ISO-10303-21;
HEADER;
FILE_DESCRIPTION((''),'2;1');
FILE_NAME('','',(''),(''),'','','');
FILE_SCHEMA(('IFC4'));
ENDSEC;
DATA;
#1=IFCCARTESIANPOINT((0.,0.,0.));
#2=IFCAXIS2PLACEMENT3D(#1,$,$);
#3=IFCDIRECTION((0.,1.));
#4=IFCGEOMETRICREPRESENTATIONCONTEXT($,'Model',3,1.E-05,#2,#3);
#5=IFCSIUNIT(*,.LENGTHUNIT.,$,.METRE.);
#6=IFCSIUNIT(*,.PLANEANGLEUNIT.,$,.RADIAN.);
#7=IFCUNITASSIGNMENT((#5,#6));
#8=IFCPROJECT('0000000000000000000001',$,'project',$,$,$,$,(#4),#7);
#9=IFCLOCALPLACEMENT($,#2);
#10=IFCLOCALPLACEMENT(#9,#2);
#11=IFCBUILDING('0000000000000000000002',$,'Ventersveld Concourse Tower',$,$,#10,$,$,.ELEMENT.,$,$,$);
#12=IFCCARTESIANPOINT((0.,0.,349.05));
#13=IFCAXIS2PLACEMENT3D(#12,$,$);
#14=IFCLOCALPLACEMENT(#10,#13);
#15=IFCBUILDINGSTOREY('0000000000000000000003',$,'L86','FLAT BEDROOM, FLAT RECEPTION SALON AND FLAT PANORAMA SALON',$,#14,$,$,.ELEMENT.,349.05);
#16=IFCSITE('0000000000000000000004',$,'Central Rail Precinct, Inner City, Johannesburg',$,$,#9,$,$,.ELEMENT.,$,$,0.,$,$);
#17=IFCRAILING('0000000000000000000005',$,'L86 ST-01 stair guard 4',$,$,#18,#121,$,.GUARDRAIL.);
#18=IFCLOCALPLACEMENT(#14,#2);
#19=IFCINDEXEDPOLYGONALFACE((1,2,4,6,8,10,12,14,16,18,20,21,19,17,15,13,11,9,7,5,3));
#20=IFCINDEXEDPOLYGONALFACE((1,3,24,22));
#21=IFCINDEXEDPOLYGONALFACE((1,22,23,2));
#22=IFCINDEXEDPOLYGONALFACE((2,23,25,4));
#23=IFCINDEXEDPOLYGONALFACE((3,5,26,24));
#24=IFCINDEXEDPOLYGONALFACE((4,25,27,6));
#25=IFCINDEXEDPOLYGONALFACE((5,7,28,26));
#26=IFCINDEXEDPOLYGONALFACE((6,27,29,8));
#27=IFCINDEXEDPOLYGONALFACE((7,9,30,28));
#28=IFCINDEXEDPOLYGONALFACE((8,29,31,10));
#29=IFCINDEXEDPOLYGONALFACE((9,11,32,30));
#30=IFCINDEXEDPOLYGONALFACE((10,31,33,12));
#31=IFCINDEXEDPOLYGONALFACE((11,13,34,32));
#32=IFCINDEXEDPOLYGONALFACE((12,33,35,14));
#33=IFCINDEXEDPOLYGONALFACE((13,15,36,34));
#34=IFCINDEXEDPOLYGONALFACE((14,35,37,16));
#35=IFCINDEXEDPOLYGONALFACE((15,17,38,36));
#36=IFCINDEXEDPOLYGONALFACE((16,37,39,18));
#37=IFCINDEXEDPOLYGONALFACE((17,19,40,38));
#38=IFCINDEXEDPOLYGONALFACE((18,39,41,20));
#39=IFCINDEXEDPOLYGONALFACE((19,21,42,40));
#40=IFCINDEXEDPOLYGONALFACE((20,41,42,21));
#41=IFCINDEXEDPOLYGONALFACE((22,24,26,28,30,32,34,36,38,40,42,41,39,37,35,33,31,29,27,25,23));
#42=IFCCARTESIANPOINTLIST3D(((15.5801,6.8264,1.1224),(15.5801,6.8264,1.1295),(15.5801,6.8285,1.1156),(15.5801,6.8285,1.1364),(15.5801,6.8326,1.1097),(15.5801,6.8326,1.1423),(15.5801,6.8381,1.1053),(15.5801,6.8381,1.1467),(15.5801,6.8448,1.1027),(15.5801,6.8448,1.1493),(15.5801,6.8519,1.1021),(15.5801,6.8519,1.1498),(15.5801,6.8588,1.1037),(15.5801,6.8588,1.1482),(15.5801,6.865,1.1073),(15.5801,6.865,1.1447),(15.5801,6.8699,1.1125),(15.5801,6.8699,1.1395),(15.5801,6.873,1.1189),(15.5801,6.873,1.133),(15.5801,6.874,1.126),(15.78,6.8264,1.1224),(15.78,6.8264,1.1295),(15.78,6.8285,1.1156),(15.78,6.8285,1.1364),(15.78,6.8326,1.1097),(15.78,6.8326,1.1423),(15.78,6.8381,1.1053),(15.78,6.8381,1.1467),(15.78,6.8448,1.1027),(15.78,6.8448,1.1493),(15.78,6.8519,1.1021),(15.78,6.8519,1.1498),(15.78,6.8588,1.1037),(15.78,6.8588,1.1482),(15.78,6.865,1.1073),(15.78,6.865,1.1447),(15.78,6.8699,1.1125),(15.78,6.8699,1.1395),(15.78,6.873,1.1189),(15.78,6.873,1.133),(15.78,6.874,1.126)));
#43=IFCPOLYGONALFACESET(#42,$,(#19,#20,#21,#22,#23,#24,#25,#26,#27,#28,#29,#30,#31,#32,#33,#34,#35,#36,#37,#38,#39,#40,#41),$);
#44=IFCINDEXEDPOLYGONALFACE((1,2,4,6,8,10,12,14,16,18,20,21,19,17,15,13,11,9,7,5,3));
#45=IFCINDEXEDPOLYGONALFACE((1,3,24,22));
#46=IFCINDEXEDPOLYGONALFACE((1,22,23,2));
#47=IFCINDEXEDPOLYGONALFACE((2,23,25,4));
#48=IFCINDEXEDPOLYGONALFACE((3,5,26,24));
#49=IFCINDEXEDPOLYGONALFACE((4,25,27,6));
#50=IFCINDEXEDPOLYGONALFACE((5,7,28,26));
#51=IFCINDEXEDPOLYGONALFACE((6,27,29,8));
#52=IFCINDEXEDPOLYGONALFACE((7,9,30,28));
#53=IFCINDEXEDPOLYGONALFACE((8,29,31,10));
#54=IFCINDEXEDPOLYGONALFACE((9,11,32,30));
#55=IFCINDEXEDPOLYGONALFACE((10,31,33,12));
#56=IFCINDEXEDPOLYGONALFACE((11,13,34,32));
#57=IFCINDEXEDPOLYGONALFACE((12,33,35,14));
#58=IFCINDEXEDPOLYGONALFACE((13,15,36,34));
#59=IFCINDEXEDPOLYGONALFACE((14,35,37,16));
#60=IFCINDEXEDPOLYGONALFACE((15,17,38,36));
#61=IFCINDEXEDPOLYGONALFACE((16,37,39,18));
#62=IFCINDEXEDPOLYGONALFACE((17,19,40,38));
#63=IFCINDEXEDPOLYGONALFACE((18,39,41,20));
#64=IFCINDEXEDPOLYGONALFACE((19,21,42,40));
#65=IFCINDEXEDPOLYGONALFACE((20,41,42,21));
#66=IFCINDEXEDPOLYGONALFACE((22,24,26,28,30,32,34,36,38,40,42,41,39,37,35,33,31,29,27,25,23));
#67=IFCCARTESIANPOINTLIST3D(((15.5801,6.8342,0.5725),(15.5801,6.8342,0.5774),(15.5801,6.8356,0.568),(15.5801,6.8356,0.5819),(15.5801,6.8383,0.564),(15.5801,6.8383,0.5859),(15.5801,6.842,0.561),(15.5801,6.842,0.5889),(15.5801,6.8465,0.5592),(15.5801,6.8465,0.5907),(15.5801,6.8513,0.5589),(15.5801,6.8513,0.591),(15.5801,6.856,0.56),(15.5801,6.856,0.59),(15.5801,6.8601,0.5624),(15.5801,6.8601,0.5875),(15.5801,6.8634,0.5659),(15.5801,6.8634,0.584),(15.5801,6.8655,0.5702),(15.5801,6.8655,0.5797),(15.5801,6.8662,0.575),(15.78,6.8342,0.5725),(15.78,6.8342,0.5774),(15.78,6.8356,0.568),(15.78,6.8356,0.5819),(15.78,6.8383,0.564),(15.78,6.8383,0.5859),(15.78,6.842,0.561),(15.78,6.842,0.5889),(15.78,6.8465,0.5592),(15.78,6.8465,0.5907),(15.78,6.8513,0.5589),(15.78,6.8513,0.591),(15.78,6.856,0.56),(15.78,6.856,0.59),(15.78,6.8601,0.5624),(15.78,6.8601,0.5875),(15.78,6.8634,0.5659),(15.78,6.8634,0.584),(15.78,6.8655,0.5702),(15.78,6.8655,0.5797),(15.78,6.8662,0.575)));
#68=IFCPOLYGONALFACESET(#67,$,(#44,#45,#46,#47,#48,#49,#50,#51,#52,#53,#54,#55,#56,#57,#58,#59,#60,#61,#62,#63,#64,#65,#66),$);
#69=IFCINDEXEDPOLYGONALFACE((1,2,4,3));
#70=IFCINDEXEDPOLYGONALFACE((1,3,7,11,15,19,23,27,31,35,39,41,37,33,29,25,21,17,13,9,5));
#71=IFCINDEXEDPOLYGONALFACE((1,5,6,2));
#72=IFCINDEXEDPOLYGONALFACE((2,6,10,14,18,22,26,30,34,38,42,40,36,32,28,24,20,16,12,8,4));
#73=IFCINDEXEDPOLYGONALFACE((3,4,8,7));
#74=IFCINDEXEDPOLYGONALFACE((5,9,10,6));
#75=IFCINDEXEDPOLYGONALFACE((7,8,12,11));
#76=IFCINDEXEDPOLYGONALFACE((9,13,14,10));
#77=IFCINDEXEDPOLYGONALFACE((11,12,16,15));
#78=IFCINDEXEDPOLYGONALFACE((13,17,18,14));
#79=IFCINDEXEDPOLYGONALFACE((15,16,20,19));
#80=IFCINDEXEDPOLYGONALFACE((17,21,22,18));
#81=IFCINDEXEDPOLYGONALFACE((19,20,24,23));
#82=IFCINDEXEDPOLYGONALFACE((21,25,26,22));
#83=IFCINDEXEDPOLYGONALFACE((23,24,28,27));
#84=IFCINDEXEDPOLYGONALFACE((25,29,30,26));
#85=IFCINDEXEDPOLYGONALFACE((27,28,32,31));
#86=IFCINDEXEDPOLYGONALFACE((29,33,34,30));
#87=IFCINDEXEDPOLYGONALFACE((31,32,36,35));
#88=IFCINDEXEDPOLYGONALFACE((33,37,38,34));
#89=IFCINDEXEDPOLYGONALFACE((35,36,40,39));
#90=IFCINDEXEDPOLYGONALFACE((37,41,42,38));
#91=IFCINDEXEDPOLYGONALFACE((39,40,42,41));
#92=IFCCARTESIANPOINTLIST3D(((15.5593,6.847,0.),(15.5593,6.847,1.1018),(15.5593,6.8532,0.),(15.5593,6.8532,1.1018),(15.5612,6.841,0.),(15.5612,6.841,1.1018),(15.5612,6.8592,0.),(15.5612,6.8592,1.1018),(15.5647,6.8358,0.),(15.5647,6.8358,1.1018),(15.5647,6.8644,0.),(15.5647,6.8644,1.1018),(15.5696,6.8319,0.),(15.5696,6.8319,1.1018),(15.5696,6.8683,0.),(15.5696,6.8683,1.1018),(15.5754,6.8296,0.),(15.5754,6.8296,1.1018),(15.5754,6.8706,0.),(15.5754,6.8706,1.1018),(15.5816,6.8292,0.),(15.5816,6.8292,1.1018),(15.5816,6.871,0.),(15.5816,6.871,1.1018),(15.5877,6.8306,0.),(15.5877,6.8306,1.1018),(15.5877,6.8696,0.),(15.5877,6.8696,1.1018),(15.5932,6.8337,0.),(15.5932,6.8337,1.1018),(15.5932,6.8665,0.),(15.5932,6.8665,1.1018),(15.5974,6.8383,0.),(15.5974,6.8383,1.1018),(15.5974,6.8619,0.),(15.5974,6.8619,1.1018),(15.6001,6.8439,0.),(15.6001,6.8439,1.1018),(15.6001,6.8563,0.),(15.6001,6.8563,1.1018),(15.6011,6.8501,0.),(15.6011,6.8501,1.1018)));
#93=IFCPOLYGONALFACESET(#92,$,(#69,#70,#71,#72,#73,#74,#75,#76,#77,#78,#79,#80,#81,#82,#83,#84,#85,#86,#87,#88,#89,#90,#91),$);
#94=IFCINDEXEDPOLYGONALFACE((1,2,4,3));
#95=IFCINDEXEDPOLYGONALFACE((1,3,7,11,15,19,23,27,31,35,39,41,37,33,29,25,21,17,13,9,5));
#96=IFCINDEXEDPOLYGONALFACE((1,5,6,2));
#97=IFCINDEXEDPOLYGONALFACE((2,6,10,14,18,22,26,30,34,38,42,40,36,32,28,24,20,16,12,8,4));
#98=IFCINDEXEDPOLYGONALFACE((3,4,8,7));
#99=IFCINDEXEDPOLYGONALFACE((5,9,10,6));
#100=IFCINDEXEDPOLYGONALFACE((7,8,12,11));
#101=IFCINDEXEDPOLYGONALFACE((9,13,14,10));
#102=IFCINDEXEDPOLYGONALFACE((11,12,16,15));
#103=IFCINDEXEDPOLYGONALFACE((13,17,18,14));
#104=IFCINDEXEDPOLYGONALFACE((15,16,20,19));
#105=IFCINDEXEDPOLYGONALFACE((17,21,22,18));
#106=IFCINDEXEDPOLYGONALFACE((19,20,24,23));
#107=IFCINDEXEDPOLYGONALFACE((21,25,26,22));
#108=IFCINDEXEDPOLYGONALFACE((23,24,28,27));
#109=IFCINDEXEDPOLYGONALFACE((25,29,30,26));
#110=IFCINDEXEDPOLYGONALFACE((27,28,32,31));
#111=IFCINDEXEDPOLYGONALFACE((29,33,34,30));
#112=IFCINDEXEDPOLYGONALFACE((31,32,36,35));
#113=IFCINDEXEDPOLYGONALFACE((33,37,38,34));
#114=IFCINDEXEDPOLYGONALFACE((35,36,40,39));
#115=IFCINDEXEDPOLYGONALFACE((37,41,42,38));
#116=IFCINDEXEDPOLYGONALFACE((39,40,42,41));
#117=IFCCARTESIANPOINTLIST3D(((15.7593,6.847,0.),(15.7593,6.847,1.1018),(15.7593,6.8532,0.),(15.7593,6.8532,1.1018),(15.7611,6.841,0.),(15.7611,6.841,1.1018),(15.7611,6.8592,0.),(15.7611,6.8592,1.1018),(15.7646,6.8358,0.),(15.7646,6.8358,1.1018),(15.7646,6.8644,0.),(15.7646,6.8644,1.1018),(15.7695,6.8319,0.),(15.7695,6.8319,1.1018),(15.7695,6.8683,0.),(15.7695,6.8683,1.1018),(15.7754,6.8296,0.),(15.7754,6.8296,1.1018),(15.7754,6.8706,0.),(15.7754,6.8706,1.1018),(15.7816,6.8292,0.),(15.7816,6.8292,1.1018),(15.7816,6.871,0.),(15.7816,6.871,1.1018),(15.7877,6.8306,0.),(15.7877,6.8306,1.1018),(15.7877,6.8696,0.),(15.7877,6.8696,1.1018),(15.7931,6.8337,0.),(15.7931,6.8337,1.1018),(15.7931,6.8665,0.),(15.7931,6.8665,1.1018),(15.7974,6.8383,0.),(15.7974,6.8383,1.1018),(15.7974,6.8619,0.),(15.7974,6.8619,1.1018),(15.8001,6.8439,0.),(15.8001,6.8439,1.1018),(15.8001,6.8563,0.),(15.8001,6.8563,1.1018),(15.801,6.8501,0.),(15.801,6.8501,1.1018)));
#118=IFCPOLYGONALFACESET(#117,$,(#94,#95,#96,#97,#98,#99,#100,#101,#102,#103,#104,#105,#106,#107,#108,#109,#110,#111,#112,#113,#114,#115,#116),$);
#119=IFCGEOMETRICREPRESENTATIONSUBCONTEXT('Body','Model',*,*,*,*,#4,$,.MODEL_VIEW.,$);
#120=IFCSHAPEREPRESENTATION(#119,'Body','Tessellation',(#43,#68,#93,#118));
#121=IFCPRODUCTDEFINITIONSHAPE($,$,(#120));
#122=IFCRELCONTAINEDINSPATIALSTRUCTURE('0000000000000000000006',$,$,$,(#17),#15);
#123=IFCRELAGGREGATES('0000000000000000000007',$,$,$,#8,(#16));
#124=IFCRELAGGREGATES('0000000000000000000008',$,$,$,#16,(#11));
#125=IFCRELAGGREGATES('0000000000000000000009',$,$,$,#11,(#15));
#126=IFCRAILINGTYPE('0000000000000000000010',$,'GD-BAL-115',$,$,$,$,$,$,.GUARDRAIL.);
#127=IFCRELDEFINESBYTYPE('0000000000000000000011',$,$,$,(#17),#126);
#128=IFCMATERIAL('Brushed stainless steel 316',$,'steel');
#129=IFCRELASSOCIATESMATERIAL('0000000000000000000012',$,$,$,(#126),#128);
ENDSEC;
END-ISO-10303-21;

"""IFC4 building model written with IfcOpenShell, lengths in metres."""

from ifc_helpers import new_model, si_unit, direction, frame, origin, origin_2d, place, context, subcontext, project, spatial, circle, extrude, material, type_object, element, save


model = new_model("IFC4")

# Units and contexts
model_context = context("Model", 3, precision=1e-05, world=origin(), true_north=direction((0.0, 1.0)))
body_context = subcontext(model_context, "Body", "Model", "MODEL_VIEW")
ifc_project = project(units=[si_unit("LENGTHUNIT", "METRE"), si_unit("PLANEANGLEUNIT", "RADIAN")], contexts=[model_context])

# Site, building, storey
site_placement = place(None, origin())
site = spatial("IfcSite", under=ifc_project, at=site_placement, Name="Central Rail Precinct, Inner City, Johannesburg", CompositionType="ELEMENT", RefElevation=0.0)
building_placement = place(site_placement, origin())
building = spatial("IfcBuilding", under=site, at=building_placement, Name="Ventersveld Concourse Tower", CompositionType="ELEMENT")
storey_placement = place(building_placement, frame((0.0, 0.0, 349.05)))
storey = spatial("IfcBuildingStorey", under=building, at=storey_placement, Name="L86", Description="FLAT BEDROOM, FLAT RECEPTION SALON AND FLAT PANORAMA SALON", CompositionType="ELEMENT", Elevation=349.05)

# Shared definitions
ifc_material_1 = material(Name="Brushed stainless steel 316", Category="steel")

# Railing
railing_type_1 = type_object("IfcRailingType", Name="GD-BAL-115", PredefinedType="GUARDRAIL", material=ifc_material_1)
railing_1_placement = place(storey_placement, frame((15.5801, 6.8501, 0.0)))
element("IfcRailing", 1, at=railing_1_placement, inside=storey, type_object=railing_type_1, Name="L86 ST-01 stair guard 4", PredefinedType="GUARDRAIL", context=body_context, shape_type="SweptSolid", body=[
    extrude(circle(Radius=0.0239, at=origin_2d()), frame((0.0, 0.0, 1.126), z_axis=(1.0, 0.0, 0.0), x_axis=(0.0, 1.0, 0.0)), (0.0, 0.0, 1.0), 0.2),
    extrude(circle(Radius=0.0161, at=origin_2d()), frame((0.0, 0.0, 0.575), z_axis=(1.0, 0.0, 0.0), x_axis=(0.0, 1.0, 0.0)), (0.0, 0.0, 1.0), 0.2),
    extrude(circle(Radius=0.021, at=origin_2d()), origin(), (0.0, 0.0, 1.0), 1.1018),
    extrude(circle(Radius=0.021, at=origin_2d()), frame((0.2, 0.0, 0.0)), (0.0, 0.0, 1.0), 1.1018),
])

save(model, "model.ifc")
